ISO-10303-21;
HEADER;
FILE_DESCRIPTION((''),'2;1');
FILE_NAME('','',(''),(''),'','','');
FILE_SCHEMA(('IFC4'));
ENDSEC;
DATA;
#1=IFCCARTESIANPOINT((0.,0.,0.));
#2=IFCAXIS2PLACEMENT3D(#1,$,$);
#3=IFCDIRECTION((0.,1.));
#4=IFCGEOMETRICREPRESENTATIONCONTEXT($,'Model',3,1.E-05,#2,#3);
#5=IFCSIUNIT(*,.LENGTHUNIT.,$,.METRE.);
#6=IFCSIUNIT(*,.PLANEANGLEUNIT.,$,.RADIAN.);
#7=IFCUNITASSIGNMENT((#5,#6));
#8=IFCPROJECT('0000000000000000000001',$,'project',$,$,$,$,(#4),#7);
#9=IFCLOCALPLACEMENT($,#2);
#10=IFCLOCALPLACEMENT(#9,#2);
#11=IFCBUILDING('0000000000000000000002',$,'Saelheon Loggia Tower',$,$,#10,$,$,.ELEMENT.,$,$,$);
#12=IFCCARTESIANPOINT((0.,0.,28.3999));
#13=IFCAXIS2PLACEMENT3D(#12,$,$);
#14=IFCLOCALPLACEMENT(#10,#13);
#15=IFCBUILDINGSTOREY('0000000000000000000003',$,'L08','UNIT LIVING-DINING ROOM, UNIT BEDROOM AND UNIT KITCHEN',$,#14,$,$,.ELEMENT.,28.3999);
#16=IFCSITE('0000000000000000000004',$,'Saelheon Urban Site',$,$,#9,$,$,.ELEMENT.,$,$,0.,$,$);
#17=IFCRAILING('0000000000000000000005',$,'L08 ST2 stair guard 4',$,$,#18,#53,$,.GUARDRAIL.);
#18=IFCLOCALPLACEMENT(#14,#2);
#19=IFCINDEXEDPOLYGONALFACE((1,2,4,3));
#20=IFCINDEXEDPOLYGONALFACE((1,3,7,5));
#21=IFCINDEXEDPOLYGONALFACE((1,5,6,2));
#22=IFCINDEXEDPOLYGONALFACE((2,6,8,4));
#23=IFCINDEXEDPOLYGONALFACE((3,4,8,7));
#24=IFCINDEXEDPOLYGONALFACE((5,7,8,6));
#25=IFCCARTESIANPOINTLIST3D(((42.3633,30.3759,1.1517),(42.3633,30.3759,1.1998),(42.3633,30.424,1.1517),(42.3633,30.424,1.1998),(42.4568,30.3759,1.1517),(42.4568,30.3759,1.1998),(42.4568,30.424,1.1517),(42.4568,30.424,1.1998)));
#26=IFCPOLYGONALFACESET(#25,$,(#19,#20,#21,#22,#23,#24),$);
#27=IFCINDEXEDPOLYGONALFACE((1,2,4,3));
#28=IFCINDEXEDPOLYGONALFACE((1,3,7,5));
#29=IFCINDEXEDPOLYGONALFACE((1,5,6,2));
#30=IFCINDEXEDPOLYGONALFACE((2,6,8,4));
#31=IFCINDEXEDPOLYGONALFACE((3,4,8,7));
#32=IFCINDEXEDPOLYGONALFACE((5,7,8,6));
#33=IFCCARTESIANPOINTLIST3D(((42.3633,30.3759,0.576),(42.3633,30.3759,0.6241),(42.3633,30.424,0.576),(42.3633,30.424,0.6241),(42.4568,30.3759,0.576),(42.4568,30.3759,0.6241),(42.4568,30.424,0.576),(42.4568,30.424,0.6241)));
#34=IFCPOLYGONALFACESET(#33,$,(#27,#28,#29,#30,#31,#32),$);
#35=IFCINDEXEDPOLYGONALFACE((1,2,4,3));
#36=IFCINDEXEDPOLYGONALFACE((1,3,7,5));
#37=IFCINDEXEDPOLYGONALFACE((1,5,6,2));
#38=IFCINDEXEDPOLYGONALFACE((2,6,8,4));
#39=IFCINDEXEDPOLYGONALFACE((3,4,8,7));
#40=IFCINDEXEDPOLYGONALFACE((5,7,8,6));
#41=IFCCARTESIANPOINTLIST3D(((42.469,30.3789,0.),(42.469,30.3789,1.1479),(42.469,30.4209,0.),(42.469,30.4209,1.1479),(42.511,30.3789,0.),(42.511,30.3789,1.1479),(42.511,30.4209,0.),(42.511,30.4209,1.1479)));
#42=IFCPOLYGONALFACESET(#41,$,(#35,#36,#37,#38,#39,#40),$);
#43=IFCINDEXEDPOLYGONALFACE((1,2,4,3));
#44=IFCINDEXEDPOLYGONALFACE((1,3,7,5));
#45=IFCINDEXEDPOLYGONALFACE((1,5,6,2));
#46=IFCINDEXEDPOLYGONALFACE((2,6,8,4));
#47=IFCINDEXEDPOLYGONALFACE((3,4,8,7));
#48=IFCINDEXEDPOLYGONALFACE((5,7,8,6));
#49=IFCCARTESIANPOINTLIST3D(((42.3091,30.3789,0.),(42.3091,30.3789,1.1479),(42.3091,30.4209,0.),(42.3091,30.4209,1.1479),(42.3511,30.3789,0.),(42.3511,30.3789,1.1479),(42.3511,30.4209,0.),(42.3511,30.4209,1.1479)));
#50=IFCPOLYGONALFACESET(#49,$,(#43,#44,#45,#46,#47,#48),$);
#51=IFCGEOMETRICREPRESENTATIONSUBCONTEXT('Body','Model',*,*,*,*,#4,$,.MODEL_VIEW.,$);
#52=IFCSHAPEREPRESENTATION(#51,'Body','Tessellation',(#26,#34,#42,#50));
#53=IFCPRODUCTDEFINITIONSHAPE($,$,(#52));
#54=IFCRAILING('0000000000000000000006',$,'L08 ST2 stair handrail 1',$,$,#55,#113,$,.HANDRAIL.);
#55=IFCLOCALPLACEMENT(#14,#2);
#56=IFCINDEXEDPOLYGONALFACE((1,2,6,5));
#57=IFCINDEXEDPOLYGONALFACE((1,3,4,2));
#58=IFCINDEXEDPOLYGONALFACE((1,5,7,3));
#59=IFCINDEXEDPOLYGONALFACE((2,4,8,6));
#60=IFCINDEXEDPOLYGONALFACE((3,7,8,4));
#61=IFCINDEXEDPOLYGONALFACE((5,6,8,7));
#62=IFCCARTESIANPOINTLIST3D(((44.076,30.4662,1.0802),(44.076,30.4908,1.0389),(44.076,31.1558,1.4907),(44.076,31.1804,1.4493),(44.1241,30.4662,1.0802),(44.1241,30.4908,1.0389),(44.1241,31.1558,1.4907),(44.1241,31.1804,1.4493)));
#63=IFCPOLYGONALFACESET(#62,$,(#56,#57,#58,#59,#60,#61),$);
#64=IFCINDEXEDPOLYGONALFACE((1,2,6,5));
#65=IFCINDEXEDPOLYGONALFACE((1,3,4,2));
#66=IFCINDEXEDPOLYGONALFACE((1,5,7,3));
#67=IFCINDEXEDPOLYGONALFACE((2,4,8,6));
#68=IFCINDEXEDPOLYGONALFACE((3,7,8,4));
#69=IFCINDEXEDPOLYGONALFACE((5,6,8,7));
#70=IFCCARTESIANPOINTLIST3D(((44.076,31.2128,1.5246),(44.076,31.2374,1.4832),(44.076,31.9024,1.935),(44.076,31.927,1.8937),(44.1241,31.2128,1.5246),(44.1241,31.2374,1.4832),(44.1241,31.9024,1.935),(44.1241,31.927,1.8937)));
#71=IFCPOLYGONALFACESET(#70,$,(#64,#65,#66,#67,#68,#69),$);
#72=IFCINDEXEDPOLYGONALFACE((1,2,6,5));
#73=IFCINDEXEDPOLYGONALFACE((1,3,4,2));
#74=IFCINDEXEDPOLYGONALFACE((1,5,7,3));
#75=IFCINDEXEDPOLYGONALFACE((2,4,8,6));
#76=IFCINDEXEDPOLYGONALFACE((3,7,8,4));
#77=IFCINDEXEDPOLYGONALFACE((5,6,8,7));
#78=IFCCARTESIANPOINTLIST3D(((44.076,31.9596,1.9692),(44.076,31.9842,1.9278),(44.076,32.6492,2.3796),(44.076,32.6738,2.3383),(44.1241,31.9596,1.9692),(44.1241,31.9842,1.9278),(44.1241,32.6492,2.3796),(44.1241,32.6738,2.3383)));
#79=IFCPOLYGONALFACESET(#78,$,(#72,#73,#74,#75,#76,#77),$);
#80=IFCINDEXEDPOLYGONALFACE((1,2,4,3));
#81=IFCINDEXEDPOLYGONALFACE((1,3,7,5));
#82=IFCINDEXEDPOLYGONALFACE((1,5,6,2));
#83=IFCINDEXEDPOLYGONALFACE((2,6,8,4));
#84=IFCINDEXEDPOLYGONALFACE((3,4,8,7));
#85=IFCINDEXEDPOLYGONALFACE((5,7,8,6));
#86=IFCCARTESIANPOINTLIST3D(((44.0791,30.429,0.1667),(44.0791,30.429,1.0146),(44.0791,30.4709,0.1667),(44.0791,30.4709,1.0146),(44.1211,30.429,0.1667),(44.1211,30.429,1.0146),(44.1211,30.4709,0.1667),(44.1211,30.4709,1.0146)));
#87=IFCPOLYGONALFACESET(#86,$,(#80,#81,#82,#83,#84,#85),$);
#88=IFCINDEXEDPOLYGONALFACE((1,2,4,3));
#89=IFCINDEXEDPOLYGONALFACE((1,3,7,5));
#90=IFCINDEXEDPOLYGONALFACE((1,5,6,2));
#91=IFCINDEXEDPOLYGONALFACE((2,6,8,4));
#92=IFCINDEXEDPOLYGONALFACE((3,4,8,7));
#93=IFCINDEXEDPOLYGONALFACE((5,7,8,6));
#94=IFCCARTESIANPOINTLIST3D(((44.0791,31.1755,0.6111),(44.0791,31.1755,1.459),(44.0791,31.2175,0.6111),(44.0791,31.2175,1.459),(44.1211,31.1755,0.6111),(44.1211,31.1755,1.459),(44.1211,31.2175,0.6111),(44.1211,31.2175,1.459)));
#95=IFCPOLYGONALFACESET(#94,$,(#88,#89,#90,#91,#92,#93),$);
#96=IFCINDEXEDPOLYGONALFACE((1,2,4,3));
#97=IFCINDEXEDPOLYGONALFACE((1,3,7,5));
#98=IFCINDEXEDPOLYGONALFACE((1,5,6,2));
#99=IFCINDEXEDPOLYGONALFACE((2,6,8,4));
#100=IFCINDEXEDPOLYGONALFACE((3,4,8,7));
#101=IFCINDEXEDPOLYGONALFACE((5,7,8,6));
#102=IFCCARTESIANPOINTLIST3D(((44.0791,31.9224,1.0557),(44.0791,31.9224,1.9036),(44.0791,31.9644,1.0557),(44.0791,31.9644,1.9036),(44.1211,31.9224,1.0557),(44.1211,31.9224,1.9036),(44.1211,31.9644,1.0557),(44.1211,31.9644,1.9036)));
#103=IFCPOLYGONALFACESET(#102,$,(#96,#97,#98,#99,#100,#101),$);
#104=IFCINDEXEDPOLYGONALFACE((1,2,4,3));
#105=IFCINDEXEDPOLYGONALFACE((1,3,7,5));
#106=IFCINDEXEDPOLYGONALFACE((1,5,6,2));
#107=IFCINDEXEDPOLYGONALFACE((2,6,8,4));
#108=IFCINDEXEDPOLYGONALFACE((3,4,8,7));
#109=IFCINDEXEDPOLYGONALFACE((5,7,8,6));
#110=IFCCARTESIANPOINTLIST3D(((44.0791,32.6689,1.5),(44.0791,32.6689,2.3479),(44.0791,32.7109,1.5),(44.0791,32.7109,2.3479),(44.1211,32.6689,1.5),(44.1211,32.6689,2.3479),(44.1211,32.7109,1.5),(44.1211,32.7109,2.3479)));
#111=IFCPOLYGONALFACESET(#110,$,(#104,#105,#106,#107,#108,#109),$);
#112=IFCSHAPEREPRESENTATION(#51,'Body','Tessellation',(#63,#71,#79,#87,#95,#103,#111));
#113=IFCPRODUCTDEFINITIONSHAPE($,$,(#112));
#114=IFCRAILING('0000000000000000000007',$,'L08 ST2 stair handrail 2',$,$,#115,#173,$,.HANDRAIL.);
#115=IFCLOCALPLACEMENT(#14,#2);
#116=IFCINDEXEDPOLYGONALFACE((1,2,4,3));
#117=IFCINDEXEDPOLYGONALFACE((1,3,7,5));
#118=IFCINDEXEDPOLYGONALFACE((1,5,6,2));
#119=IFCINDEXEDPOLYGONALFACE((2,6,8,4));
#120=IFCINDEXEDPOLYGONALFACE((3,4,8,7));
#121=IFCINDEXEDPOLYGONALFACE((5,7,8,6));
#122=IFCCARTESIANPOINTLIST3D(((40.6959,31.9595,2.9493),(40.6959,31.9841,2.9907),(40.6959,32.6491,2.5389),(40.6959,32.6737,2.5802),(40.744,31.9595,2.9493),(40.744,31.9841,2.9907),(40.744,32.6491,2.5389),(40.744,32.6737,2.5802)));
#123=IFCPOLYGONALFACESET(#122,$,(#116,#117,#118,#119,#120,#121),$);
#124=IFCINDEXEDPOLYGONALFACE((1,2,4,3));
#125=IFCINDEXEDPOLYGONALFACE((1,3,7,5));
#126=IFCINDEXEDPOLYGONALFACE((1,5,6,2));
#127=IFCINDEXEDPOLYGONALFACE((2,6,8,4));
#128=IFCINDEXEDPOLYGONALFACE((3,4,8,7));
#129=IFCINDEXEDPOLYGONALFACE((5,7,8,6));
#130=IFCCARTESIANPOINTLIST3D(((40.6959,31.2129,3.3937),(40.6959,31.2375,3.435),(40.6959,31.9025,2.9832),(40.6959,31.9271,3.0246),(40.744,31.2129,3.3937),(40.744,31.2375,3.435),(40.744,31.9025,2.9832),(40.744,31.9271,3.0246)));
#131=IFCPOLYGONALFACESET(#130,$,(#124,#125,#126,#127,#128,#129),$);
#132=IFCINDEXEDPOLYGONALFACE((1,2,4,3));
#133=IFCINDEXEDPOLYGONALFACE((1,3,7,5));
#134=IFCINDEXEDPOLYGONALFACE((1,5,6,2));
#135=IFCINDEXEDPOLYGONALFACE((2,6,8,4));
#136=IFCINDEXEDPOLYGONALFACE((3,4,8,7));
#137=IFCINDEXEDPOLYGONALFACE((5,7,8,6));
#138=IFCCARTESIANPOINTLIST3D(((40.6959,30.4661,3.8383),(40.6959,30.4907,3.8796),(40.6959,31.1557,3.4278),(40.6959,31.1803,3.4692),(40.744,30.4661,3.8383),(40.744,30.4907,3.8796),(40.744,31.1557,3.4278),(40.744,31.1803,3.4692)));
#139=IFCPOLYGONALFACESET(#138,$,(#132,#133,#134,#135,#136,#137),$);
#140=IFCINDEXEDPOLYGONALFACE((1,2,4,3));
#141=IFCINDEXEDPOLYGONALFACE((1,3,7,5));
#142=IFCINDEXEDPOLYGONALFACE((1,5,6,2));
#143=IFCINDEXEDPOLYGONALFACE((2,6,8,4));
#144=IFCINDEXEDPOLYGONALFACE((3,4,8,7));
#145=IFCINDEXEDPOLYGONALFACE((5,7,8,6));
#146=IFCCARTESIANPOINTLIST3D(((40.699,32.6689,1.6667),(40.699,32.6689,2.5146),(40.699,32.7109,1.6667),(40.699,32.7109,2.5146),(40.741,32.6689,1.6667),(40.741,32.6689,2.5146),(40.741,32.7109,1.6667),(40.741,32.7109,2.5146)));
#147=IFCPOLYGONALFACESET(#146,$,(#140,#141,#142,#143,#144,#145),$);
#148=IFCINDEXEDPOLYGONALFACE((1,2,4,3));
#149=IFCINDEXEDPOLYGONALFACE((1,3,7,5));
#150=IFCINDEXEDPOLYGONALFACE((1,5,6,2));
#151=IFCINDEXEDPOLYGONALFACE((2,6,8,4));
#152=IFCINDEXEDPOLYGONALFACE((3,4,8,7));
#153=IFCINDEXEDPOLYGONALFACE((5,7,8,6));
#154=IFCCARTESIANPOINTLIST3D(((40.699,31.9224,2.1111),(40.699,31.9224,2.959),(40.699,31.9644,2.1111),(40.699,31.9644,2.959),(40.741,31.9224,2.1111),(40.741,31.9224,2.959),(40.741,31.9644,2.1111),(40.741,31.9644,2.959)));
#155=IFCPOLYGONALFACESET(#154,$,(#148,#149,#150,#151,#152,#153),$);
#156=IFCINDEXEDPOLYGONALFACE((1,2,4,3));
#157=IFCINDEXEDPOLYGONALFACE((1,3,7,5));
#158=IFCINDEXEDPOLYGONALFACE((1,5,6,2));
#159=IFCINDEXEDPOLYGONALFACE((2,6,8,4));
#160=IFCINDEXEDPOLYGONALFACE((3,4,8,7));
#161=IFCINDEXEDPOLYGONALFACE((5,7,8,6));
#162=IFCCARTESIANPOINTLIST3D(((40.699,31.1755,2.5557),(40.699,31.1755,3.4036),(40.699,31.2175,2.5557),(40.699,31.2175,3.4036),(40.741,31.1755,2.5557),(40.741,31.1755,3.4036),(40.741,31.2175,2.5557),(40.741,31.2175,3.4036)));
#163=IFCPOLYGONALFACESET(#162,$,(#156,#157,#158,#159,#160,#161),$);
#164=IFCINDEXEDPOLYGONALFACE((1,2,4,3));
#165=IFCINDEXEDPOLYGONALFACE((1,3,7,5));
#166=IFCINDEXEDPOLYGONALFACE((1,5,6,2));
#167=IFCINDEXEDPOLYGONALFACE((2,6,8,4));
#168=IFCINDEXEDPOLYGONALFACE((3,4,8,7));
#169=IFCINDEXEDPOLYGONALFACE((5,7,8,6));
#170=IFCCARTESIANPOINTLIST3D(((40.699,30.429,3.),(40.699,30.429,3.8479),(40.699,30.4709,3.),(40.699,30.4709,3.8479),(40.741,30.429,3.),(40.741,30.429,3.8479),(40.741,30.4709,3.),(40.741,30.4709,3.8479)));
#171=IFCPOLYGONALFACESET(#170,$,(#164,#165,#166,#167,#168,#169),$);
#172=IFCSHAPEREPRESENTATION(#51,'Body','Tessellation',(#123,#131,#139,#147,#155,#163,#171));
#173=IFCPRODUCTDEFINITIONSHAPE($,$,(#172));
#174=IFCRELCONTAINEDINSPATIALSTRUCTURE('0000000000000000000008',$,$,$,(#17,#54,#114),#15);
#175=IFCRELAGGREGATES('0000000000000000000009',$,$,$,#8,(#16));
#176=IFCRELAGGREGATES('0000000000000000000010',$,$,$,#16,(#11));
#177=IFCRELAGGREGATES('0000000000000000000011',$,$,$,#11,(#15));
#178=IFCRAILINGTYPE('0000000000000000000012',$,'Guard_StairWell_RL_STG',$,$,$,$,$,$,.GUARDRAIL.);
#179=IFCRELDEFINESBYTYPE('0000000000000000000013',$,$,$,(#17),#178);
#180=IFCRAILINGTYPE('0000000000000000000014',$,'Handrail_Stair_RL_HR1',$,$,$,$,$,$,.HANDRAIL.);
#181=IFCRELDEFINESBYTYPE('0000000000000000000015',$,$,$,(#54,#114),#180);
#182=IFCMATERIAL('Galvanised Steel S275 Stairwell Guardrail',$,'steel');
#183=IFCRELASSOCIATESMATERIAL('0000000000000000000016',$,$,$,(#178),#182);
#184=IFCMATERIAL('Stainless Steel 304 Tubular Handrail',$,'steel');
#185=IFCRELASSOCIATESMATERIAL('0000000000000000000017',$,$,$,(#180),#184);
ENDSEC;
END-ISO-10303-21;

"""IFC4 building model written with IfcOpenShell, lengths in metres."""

from ifc_helpers import new_model, si_unit, direction, frame, origin, origin_2d, place, context, subcontext, project, spatial, rectangle, extrude, material, type_object, element, save


model = new_model("IFC4")

# Units and contexts
model_context = context("Model", 3, precision=1e-05, world=origin(), true_north=direction((0.0, 1.0)))
body_context = subcontext(model_context, "Body", "Model", "MODEL_VIEW")
ifc_project = project(units=[si_unit("LENGTHUNIT", "METRE"), si_unit("PLANEANGLEUNIT", "RADIAN")], contexts=[model_context])

# Site, building, storey
site_placement = place(None, origin())
site = spatial("IfcSite", under=ifc_project, at=site_placement, Name="Saelheon Urban Site", CompositionType="ELEMENT", RefElevation=0.0)
building_placement = place(site_placement, origin())
building = spatial("IfcBuilding", under=site, at=building_placement, Name="Saelheon Loggia Tower", CompositionType="ELEMENT")
storey_placement = place(building_placement, frame((0.0, 0.0, 28.3999)))
storey = spatial("IfcBuildingStorey", under=building, at=storey_placement, Name="L08", Description="UNIT LIVING-DINING ROOM, UNIT BEDROOM AND UNIT KITCHEN", CompositionType="ELEMENT", Elevation=28.3999)

# Railings
ifc_material_1 = material(Name="Galvanised Steel S275 Stairwell Guardrail", Category="steel")
railing_type_1 = type_object("IfcRailingType", Name="Guard_StairWell_RL_STG", PredefinedType="GUARDRAIL", material=ifc_material_1)
railing_1_placement = place(storey_placement, frame((42.49, 30.3999, 0.0)))
element("IfcRailing", 1, at=railing_1_placement, inside=storey, type_object=railing_type_1, Name="L08 ST2 stair guard 4", PredefinedType="GUARDRAIL", context=body_context, shape_type="SweptSolid", body=[
    extrude(rectangle(XDim=0.0481, YDim=0.0481, at=origin_2d()), frame((-0.0332, 0.0, 1.1758), z_axis=(-1.0, 0.0, 0.0), x_axis=(0.0, -1.0, 0.0)), (0.0, 0.0, 1.0), 0.0935),
    extrude(rectangle(XDim=0.0481, YDim=0.0481, at=origin_2d()), frame((-0.0332, 0.0, 0.6001), z_axis=(-1.0, 0.0, 0.0), x_axis=(0.0, -1.0, 0.0)), (0.0, 0.0, 1.0), 0.0935),
    extrude(rectangle(XDim=0.042, YDim=0.042, at=origin_2d()), origin(), (0.0, 0.0, 1.0), 1.1479),
    extrude(rectangle(XDim=0.042, YDim=0.042, at=origin_2d()), frame((-0.1599, 0.0, 0.0)), (0.0, 0.0, 1.0), 1.1479),
])
ifc_material_2 = material(Name="Stainless Steel 304 Tubular Handrail", Category="steel")
railing_type_2 = type_object("IfcRailingType", Name="Handrail_Stair_RL_HR1", PredefinedType="HANDRAIL", material=ifc_material_2)
railing_2_placement = place(storey_placement, frame((44.1001, 30.45, 0.1667)))
element("IfcRailing", 2, at=railing_2_placement, inside=storey, type_object=railing_type_2, Name="L08 ST2 stair handrail 1", PredefinedType="HANDRAIL", context=body_context, shape_type="SweptSolid", body=[
    extrude(rectangle(XDim=0.0481, YDim=0.0481, at=origin_2d()), frame((0.0, 0.0286, 0.8928), z_axis=(0.0, 0.859306, 0.511462), x_axis=(-1.0, 0.0, 0.0)), (0.0, 0.0, 1.0), 0.8025),
    extrude(rectangle(XDim=0.0481, YDim=0.0481, at=origin_2d()), frame((0.0, 0.7751, 1.3372), z_axis=(0.0, 0.859306, 0.511462), x_axis=(-1.0, 0.0, 0.0)), (0.0, 0.0, 1.0), 0.8025),
    extrude(rectangle(XDim=0.0481, YDim=0.0481, at=origin_2d()), frame((0.0, 1.522, 1.7817), z_axis=(0.0, 0.859306, 0.511462), x_axis=(-1.0, 0.0, 0.0)), (0.0, 0.0, 1.0), 0.8025),
    extrude(rectangle(XDim=0.042, YDim=0.042, at=origin_2d()), origin(), (0.0, 0.0, 1.0), 0.8479),
    extrude(rectangle(XDim=0.042, YDim=0.042, at=origin_2d()), frame((0.0, 0.7466, 0.4443)), (0.0, 0.0, 1.0), 0.8479),
    extrude(rectangle(XDim=0.042, YDim=0.042, at=origin_2d()), frame((0.0, 1.4934, 0.8889)), (0.0, 0.0, 1.0), 0.8479),
    extrude(rectangle(XDim=0.042, YDim=0.042, at=origin_2d()), frame((0.0, 2.24, 1.3333)), (0.0, 0.0, 1.0), 0.8479),
])
railing_3_placement = place(storey_placement, frame((40.72, 32.6899, 1.6667)))
element("IfcRailing", 3, at=railing_3_placement, inside=storey, type_object=railing_type_2, Name="L08 ST2 stair handrail 2", PredefinedType="HANDRAIL", context=body_context, shape_type="SweptSolid", body=[
    extrude(rectangle(XDim=0.0481, YDim=0.0481, at=origin_2d()), frame((0.0, -0.0286, 0.8928), z_axis=(0.0, -0.859306, 0.511462), x_axis=(1.0, 0.0, 0.0)), (0.0, 0.0, 1.0), 0.8025),
    extrude(rectangle(XDim=0.0481, YDim=0.0481, at=origin_2d()), frame((0.0, -0.7751, 1.3372), z_axis=(0.0, -0.859306, 0.511462), x_axis=(1.0, 0.0, 0.0)), (0.0, 0.0, 1.0), 0.8025),
    extrude(rectangle(XDim=0.0481, YDim=0.0481, at=origin_2d()), frame((0.0, -1.522, 1.7817), z_axis=(0.0, -0.859306, 0.511462), x_axis=(1.0, 0.0, 0.0)), (0.0, 0.0, 1.0), 0.8025),
    extrude(rectangle(XDim=0.042, YDim=0.042, at=origin_2d()), origin(), (0.0, 0.0, 1.0), 0.8479),
    extrude(rectangle(XDim=0.042, YDim=0.042, at=origin_2d()), frame((0.0, -0.7466, 0.4443)), (0.0, 0.0, 1.0), 0.8479),
    extrude(rectangle(XDim=0.042, YDim=0.042, at=origin_2d()), frame((0.0, -1.4934, 0.8889)), (0.0, 0.0, 1.0), 0.8479),
    extrude(rectangle(XDim=0.042, YDim=0.042, at=origin_2d()), frame((0.0, -2.24, 1.3333)), (0.0, 0.0, 1.0), 0.8479),
])

save(model, "model.ifc")
